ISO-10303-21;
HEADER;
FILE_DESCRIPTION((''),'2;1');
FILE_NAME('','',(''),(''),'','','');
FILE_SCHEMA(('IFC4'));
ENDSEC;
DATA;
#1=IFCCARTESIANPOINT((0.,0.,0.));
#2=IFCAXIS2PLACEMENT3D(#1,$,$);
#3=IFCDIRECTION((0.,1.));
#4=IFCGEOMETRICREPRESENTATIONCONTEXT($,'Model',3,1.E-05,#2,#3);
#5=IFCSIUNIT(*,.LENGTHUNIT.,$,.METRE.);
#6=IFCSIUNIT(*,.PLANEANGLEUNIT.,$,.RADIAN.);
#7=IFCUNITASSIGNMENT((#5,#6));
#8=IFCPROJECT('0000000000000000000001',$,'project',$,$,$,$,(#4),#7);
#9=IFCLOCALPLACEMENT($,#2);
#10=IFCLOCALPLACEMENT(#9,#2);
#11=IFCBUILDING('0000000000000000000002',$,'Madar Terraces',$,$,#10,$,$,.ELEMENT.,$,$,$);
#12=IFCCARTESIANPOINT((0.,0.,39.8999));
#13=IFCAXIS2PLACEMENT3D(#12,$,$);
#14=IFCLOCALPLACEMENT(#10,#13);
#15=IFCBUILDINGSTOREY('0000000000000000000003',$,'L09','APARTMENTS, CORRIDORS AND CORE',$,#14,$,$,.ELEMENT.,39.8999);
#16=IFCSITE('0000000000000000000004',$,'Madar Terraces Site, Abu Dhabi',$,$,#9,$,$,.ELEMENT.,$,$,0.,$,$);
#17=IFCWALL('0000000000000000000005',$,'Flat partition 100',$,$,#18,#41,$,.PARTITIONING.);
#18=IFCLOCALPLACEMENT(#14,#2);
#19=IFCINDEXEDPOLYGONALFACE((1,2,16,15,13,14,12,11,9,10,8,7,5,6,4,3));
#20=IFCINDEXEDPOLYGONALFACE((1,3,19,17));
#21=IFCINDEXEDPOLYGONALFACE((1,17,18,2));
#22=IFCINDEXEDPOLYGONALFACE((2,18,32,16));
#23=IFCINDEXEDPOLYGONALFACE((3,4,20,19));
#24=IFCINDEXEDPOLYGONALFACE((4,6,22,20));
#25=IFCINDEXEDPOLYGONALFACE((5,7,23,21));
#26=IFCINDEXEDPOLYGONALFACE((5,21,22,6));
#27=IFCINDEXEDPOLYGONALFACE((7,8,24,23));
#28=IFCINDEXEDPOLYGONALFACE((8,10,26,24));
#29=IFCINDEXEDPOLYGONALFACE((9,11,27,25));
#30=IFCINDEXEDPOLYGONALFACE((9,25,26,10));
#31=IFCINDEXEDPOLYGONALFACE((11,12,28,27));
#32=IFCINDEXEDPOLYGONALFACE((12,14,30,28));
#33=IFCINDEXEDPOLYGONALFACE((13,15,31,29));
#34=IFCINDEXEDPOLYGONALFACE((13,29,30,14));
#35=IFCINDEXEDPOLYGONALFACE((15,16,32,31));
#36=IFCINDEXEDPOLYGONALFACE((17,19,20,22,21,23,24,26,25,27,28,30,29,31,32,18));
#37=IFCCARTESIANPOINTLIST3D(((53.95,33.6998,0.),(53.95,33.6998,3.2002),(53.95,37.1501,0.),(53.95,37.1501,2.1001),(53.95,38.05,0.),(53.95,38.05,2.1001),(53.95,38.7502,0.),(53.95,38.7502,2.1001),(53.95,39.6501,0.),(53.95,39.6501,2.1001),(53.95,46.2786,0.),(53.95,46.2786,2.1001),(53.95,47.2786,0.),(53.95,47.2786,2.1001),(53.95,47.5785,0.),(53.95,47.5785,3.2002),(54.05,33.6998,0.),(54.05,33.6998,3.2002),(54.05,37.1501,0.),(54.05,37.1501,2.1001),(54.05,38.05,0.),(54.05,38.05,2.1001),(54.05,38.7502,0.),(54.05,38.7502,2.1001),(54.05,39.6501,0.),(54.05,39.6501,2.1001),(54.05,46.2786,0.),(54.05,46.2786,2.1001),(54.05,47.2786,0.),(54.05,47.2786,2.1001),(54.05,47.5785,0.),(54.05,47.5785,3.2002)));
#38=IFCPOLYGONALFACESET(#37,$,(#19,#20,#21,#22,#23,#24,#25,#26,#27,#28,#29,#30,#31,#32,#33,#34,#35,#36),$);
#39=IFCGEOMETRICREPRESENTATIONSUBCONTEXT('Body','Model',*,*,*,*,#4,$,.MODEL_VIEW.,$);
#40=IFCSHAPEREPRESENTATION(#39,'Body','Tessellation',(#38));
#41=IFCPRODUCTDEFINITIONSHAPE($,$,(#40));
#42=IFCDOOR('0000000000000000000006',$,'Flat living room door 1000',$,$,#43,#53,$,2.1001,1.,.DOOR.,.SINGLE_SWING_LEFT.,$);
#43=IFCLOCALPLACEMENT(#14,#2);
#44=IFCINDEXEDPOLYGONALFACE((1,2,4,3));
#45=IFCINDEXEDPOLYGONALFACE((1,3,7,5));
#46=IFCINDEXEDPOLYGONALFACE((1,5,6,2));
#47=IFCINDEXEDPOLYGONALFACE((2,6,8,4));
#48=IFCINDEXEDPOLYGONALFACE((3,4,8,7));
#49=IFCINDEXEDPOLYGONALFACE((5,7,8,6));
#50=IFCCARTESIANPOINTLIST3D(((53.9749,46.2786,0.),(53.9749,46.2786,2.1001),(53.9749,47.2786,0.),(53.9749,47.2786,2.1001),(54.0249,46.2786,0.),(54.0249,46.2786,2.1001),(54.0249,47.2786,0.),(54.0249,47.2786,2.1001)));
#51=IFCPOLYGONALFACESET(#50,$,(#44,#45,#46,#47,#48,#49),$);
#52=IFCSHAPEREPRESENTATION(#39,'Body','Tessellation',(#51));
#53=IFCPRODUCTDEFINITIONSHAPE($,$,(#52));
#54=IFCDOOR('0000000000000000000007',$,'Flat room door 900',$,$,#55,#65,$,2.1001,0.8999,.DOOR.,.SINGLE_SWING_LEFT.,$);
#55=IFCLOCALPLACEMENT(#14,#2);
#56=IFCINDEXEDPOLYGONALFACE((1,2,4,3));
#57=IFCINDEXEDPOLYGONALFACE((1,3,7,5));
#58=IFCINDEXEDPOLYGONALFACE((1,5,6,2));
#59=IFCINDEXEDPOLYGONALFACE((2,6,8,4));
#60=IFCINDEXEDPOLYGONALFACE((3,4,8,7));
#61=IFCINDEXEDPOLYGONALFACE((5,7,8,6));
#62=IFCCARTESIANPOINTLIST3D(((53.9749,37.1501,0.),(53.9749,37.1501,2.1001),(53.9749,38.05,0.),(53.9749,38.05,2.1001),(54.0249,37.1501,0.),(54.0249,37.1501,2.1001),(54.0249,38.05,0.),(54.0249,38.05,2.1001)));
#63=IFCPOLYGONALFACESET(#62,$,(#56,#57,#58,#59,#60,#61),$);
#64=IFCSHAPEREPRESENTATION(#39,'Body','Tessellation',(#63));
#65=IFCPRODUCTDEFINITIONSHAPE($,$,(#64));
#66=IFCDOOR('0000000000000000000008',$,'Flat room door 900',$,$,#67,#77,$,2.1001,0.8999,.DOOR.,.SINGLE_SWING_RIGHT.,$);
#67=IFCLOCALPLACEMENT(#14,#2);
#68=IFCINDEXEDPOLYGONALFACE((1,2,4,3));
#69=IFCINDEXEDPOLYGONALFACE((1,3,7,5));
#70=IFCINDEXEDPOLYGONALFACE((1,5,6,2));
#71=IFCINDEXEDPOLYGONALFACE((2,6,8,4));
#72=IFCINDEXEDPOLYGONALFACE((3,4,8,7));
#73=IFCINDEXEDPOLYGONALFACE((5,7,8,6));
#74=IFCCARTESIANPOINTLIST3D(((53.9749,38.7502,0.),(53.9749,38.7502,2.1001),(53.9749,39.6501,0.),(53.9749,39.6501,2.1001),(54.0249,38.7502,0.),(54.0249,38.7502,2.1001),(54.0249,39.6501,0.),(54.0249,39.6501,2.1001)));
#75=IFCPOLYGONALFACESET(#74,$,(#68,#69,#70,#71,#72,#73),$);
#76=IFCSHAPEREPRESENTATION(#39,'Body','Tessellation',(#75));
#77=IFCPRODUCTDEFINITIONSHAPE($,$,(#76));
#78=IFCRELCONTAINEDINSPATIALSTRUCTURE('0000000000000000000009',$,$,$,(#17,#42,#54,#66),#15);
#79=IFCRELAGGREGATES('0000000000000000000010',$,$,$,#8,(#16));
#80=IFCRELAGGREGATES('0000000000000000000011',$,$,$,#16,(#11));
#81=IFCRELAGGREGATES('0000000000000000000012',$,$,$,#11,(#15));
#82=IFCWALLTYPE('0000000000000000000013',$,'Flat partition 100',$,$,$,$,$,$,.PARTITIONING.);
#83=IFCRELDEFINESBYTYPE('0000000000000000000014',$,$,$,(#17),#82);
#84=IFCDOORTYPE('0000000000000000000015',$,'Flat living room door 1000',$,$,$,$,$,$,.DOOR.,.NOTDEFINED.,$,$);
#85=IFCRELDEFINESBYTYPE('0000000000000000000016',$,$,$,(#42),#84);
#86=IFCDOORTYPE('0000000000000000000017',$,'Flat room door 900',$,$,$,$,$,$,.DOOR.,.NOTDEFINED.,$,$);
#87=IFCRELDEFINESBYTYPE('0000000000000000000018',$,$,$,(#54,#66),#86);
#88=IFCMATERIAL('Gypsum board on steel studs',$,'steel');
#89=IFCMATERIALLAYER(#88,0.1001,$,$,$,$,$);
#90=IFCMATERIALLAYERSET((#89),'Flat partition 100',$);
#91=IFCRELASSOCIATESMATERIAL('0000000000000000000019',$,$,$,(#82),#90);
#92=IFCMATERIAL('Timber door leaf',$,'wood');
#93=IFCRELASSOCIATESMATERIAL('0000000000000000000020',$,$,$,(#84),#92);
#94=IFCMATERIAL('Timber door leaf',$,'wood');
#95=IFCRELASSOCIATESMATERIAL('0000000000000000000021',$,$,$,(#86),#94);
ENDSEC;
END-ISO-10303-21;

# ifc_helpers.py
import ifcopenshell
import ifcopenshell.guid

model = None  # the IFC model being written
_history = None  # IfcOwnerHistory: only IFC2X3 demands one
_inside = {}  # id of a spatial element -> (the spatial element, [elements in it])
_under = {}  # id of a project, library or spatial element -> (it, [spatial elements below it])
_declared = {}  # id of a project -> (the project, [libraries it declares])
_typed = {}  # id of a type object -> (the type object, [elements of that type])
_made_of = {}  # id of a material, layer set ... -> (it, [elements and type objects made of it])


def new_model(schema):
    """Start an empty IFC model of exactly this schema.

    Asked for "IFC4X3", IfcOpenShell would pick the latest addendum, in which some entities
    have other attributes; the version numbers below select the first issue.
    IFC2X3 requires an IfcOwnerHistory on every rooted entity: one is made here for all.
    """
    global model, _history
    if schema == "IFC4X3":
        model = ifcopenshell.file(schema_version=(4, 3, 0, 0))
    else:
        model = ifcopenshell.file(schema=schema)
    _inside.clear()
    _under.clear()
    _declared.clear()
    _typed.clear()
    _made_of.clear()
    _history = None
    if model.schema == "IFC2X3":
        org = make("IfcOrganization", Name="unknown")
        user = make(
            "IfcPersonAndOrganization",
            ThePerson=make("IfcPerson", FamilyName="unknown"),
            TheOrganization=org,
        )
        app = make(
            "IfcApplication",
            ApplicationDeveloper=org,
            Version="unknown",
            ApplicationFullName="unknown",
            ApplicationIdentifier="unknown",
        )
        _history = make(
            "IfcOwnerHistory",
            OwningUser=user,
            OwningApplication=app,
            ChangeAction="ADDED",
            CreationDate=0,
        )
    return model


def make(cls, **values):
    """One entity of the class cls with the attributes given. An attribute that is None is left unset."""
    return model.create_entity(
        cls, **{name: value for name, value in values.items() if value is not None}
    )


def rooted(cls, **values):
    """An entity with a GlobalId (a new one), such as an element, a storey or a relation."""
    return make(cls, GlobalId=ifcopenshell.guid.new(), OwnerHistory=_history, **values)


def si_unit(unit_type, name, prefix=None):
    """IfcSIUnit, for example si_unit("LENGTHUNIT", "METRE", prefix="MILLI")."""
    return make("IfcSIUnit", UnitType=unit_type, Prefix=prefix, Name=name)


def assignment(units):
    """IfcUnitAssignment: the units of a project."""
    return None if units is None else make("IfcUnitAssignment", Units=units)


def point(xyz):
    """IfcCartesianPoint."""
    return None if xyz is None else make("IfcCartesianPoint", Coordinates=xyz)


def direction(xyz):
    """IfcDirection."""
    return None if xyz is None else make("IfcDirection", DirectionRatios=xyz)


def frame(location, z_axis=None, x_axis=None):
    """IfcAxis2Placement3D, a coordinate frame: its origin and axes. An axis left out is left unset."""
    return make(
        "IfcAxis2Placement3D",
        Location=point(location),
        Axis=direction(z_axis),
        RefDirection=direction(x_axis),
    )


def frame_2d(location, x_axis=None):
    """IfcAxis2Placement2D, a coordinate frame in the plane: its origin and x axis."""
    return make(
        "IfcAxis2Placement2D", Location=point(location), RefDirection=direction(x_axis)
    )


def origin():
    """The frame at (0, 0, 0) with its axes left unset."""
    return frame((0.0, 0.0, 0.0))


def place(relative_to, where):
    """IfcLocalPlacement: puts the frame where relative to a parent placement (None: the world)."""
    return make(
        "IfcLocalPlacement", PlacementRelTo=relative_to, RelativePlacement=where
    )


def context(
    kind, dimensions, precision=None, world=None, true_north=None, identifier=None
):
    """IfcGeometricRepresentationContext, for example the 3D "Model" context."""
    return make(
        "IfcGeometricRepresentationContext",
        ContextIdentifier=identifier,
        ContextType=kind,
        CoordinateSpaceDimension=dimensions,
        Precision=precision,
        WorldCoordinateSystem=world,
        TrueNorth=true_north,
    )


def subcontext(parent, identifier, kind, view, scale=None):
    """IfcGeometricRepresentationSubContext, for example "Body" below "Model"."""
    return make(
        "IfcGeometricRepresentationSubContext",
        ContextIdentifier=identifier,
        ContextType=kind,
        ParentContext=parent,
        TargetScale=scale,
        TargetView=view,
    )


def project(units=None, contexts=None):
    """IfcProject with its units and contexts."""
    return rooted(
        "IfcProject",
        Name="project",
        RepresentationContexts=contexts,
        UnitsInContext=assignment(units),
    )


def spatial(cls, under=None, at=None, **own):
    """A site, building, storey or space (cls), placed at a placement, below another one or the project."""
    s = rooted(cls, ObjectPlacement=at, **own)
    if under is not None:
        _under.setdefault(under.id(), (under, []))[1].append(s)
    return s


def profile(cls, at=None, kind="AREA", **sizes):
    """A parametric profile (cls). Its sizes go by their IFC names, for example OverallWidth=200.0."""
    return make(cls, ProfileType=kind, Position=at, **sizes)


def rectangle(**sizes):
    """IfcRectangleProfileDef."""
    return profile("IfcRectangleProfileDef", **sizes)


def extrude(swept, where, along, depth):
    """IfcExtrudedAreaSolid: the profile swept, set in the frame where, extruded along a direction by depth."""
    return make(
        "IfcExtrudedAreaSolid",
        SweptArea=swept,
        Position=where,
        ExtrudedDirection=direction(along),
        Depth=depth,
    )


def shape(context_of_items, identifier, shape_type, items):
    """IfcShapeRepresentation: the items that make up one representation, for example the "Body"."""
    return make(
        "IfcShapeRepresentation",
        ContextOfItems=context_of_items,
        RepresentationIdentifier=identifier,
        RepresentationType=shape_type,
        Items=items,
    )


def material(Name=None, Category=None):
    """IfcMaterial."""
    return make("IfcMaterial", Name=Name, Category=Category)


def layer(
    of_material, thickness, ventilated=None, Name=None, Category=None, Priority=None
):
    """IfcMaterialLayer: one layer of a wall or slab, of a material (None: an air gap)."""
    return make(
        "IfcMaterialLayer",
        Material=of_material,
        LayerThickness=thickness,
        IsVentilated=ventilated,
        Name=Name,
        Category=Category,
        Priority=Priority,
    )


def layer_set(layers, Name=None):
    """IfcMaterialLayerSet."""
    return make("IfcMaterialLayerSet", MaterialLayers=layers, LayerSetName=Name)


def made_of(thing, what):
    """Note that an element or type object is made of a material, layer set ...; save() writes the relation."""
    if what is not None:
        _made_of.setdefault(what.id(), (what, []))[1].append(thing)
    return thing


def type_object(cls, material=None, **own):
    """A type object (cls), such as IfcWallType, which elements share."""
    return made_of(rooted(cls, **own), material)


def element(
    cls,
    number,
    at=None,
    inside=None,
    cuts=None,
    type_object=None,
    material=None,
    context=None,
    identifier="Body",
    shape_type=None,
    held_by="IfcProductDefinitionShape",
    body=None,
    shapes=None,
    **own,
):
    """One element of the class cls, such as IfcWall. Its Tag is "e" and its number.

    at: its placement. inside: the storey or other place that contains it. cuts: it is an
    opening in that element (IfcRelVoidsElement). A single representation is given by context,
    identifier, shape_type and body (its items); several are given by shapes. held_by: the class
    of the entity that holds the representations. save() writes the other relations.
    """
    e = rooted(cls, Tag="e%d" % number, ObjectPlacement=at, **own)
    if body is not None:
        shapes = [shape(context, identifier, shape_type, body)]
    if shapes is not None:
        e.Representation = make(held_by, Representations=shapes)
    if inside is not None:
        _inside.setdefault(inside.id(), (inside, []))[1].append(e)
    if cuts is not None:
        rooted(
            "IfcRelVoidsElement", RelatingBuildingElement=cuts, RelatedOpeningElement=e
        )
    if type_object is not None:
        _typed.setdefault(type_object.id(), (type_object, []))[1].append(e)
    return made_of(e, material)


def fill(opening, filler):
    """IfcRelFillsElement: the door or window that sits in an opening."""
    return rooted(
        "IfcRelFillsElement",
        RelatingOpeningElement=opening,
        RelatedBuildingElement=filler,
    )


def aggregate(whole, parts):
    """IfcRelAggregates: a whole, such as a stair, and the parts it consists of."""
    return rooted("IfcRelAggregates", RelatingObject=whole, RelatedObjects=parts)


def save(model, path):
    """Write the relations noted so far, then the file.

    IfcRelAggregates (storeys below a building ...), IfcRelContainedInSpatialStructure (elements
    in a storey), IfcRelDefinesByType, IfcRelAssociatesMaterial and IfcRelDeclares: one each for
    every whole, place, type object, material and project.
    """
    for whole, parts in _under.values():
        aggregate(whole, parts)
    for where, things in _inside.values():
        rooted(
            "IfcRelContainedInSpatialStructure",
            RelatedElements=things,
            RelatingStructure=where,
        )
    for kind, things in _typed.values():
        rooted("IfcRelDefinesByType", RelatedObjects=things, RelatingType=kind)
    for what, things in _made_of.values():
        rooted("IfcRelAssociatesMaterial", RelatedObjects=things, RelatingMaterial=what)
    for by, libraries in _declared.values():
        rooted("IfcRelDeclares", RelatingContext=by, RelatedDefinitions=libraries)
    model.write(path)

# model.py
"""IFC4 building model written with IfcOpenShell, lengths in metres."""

from ifc_helpers import new_model, si_unit, direction, frame, frame_2d, origin, place, context, subcontext, project, spatial, rectangle, extrude, material, layer, layer_set, type_object, element, fill, save


model = new_model("IFC4")

# Units and contexts
model_context = context("Model", 3, precision=1e-05, world=origin(), true_north=direction((0.0, 1.0)))
body_context = subcontext(model_context, "Body", "Model", "MODEL_VIEW")
ifc_project = project(units=[si_unit("LENGTHUNIT", "METRE"), si_unit("PLANEANGLEUNIT", "RADIAN")], contexts=[model_context])

# Site, building, storey
site_placement = place(None, origin())
site = spatial("IfcSite", under=ifc_project, at=site_placement, Name="Madar Terraces Site, Abu Dhabi", CompositionType="ELEMENT", RefElevation=0.0)
building_placement = place(site_placement, origin())
building = spatial("IfcBuilding", under=site, at=building_placement, Name="Madar Terraces", CompositionType="ELEMENT")
storey_placement = place(building_placement, frame((0.0, 0.0, 39.8999)))
storey = spatial("IfcBuildingStorey", under=building, at=storey_placement, Name="L09", Description="APARTMENTS, CORRIDORS AND CORE", CompositionType="ELEMENT", Elevation=39.8999)

# Shared definitions
ifc_material_1 = material(Name="Gypsum board on steel studs", Category="steel")
ifc_layer_1 = layer(ifc_material_1, 0.1001)
ifc_layer_set_1 = layer_set([ifc_layer_1], Name="Flat partition 100")
wall_type = type_object("IfcWallType", Name="Flat partition 100", PredefinedType="PARTITIONING", material=ifc_layer_set_1)

# Wall, openings, doors
wall_1_placement = place(storey_placement, frame((54.0, 47.5786, 0.0), z_axis=(0.0, 0.0, 1.0), x_axis=(0.0, -1.0, 0.0)))
wall_1 = element("IfcWall", 1, at=wall_1_placement, inside=storey, type_object=wall_type, Name="Flat partition 100", PredefinedType="PARTITIONING", context=body_context, shape_type="SweptSolid", body=[
    extrude(rectangle(XDim=13.8787, YDim=0.1001, at=frame_2d((6.9395, 0.0))), origin(), (0.0, 0.0, 1.0), 3.2002),
])
opening_1_placement = place(wall_1_placement, frame((9.5286, 0.0, 0.0)))
opening_1 = element("IfcOpeningElement", 2, at=opening_1_placement, cuts=wall_1, PredefinedType="OPENING", context=body_context, shape_type="SweptSolid", body=[
    extrude(rectangle(XDim=0.8999, YDim=2.1001, at=frame_2d((0.45, 1.05))), frame((0.0, 0.0601, 0.0), z_axis=(0.0, -1.0, 0.0), x_axis=(1.0, 0.0, 0.0)), (0.0, 0.0, 1.0), 0.1201),
])
opening_2_placement = place(wall_1_placement, frame((7.9285, 0.0, 0.0)))
opening_2 = element("IfcOpeningElement", 3, at=opening_2_placement, cuts=wall_1, PredefinedType="OPENING", context=body_context, shape_type="SweptSolid", body=[
    extrude(rectangle(XDim=0.8999, YDim=2.1001, at=frame_2d((0.45, 1.05))), frame((0.0, 0.0601, 0.0), z_axis=(0.0, -1.0, 0.0), x_axis=(1.0, 0.0, 0.0)), (0.0, 0.0, 1.0), 0.1201),
])
opening_3_placement = place(wall_1_placement, frame((0.3, 0.0, 0.0)))
opening_3 = element("IfcOpeningElement", 4, at=opening_3_placement, cuts=wall_1, PredefinedType="OPENING", context=body_context, shape_type="SweptSolid", body=[
    extrude(rectangle(XDim=1.0, YDim=2.1001, at=frame_2d((0.5, 1.05))), frame((0.0, 0.0601, 0.0), z_axis=(0.0, -1.0, 0.0), x_axis=(1.0, 0.0, 0.0)), (0.0, 0.0, 1.0), 0.1201),
])
ifc_material_2 = material(Name="Timber door leaf", Category="wood")
door_type_1 = type_object("IfcDoorType", Name="Flat living room door 1000", OperationType="NOTDEFINED", PredefinedType="DOOR", material=ifc_material_2)
door_1_placement = place(opening_3_placement, origin())
door_1 = element("IfcDoor", 5, at=door_1_placement, inside=storey, type_object=door_type_1, Name="Flat living room door 1000", OperationType="SINGLE_SWING_LEFT", OverallHeight=2.1001, OverallWidth=1.0, PredefinedType="DOOR", context=body_context, shape_type="SweptSolid", body=[
    extrude(rectangle(XDim=1.0, YDim=2.1001, at=frame_2d((0.5, 1.05))), frame((0.0, 0.0249, 0.0), z_axis=(0.0, -1.0, 0.0), x_axis=(1.0, 0.0, 0.0)), (0.0, 0.0, 1.0), 0.05),
])
fill(opening_3, door_1)
ifc_material_3 = material(Name="Timber door leaf", Category="wood")
door_type_2 = type_object("IfcDoorType", Name="Flat room door 900", OperationType="NOTDEFINED", PredefinedType="DOOR", material=ifc_material_3)
door_2_placement = place(opening_1_placement, origin())
door_2 = element("IfcDoor", 6, at=door_2_placement, inside=storey, type_object=door_type_2, Name="Flat room door 900", OperationType="SINGLE_SWING_LEFT", OverallHeight=2.1001, OverallWidth=0.8999, PredefinedType="DOOR", context=body_context, shape_type="SweptSolid", body=[
    extrude(rectangle(XDim=0.8999, YDim=2.1001, at=frame_2d((0.45, 1.05))), frame((0.0, 0.0249, 0.0), z_axis=(0.0, -1.0, 0.0), x_axis=(1.0, 0.0, 0.0)), (0.0, 0.0, 1.0), 0.05),
])
fill(opening_1, door_2)
door_3_placement = place(opening_2_placement, origin())
door_3 = element("IfcDoor", 7, at=door_3_placement, inside=storey, type_object=door_type_2, Name="Flat room door 900", OperationType="SINGLE_SWING_RIGHT", OverallHeight=2.1001, OverallWidth=0.8999, PredefinedType="DOOR", context=body_context, shape_type="SweptSolid", body=[
    extrude(rectangle(XDim=0.8999, YDim=2.1001, at=frame_2d((0.45, 1.05))), frame((0.0, 0.0249, 0.0), z_axis=(0.0, -1.0, 0.0), x_axis=(1.0, 0.0, 0.0)), (0.0, 0.0, 1.0), 0.05),
])
fill(opening_2, door_3)

save(model, "model.ifc")
